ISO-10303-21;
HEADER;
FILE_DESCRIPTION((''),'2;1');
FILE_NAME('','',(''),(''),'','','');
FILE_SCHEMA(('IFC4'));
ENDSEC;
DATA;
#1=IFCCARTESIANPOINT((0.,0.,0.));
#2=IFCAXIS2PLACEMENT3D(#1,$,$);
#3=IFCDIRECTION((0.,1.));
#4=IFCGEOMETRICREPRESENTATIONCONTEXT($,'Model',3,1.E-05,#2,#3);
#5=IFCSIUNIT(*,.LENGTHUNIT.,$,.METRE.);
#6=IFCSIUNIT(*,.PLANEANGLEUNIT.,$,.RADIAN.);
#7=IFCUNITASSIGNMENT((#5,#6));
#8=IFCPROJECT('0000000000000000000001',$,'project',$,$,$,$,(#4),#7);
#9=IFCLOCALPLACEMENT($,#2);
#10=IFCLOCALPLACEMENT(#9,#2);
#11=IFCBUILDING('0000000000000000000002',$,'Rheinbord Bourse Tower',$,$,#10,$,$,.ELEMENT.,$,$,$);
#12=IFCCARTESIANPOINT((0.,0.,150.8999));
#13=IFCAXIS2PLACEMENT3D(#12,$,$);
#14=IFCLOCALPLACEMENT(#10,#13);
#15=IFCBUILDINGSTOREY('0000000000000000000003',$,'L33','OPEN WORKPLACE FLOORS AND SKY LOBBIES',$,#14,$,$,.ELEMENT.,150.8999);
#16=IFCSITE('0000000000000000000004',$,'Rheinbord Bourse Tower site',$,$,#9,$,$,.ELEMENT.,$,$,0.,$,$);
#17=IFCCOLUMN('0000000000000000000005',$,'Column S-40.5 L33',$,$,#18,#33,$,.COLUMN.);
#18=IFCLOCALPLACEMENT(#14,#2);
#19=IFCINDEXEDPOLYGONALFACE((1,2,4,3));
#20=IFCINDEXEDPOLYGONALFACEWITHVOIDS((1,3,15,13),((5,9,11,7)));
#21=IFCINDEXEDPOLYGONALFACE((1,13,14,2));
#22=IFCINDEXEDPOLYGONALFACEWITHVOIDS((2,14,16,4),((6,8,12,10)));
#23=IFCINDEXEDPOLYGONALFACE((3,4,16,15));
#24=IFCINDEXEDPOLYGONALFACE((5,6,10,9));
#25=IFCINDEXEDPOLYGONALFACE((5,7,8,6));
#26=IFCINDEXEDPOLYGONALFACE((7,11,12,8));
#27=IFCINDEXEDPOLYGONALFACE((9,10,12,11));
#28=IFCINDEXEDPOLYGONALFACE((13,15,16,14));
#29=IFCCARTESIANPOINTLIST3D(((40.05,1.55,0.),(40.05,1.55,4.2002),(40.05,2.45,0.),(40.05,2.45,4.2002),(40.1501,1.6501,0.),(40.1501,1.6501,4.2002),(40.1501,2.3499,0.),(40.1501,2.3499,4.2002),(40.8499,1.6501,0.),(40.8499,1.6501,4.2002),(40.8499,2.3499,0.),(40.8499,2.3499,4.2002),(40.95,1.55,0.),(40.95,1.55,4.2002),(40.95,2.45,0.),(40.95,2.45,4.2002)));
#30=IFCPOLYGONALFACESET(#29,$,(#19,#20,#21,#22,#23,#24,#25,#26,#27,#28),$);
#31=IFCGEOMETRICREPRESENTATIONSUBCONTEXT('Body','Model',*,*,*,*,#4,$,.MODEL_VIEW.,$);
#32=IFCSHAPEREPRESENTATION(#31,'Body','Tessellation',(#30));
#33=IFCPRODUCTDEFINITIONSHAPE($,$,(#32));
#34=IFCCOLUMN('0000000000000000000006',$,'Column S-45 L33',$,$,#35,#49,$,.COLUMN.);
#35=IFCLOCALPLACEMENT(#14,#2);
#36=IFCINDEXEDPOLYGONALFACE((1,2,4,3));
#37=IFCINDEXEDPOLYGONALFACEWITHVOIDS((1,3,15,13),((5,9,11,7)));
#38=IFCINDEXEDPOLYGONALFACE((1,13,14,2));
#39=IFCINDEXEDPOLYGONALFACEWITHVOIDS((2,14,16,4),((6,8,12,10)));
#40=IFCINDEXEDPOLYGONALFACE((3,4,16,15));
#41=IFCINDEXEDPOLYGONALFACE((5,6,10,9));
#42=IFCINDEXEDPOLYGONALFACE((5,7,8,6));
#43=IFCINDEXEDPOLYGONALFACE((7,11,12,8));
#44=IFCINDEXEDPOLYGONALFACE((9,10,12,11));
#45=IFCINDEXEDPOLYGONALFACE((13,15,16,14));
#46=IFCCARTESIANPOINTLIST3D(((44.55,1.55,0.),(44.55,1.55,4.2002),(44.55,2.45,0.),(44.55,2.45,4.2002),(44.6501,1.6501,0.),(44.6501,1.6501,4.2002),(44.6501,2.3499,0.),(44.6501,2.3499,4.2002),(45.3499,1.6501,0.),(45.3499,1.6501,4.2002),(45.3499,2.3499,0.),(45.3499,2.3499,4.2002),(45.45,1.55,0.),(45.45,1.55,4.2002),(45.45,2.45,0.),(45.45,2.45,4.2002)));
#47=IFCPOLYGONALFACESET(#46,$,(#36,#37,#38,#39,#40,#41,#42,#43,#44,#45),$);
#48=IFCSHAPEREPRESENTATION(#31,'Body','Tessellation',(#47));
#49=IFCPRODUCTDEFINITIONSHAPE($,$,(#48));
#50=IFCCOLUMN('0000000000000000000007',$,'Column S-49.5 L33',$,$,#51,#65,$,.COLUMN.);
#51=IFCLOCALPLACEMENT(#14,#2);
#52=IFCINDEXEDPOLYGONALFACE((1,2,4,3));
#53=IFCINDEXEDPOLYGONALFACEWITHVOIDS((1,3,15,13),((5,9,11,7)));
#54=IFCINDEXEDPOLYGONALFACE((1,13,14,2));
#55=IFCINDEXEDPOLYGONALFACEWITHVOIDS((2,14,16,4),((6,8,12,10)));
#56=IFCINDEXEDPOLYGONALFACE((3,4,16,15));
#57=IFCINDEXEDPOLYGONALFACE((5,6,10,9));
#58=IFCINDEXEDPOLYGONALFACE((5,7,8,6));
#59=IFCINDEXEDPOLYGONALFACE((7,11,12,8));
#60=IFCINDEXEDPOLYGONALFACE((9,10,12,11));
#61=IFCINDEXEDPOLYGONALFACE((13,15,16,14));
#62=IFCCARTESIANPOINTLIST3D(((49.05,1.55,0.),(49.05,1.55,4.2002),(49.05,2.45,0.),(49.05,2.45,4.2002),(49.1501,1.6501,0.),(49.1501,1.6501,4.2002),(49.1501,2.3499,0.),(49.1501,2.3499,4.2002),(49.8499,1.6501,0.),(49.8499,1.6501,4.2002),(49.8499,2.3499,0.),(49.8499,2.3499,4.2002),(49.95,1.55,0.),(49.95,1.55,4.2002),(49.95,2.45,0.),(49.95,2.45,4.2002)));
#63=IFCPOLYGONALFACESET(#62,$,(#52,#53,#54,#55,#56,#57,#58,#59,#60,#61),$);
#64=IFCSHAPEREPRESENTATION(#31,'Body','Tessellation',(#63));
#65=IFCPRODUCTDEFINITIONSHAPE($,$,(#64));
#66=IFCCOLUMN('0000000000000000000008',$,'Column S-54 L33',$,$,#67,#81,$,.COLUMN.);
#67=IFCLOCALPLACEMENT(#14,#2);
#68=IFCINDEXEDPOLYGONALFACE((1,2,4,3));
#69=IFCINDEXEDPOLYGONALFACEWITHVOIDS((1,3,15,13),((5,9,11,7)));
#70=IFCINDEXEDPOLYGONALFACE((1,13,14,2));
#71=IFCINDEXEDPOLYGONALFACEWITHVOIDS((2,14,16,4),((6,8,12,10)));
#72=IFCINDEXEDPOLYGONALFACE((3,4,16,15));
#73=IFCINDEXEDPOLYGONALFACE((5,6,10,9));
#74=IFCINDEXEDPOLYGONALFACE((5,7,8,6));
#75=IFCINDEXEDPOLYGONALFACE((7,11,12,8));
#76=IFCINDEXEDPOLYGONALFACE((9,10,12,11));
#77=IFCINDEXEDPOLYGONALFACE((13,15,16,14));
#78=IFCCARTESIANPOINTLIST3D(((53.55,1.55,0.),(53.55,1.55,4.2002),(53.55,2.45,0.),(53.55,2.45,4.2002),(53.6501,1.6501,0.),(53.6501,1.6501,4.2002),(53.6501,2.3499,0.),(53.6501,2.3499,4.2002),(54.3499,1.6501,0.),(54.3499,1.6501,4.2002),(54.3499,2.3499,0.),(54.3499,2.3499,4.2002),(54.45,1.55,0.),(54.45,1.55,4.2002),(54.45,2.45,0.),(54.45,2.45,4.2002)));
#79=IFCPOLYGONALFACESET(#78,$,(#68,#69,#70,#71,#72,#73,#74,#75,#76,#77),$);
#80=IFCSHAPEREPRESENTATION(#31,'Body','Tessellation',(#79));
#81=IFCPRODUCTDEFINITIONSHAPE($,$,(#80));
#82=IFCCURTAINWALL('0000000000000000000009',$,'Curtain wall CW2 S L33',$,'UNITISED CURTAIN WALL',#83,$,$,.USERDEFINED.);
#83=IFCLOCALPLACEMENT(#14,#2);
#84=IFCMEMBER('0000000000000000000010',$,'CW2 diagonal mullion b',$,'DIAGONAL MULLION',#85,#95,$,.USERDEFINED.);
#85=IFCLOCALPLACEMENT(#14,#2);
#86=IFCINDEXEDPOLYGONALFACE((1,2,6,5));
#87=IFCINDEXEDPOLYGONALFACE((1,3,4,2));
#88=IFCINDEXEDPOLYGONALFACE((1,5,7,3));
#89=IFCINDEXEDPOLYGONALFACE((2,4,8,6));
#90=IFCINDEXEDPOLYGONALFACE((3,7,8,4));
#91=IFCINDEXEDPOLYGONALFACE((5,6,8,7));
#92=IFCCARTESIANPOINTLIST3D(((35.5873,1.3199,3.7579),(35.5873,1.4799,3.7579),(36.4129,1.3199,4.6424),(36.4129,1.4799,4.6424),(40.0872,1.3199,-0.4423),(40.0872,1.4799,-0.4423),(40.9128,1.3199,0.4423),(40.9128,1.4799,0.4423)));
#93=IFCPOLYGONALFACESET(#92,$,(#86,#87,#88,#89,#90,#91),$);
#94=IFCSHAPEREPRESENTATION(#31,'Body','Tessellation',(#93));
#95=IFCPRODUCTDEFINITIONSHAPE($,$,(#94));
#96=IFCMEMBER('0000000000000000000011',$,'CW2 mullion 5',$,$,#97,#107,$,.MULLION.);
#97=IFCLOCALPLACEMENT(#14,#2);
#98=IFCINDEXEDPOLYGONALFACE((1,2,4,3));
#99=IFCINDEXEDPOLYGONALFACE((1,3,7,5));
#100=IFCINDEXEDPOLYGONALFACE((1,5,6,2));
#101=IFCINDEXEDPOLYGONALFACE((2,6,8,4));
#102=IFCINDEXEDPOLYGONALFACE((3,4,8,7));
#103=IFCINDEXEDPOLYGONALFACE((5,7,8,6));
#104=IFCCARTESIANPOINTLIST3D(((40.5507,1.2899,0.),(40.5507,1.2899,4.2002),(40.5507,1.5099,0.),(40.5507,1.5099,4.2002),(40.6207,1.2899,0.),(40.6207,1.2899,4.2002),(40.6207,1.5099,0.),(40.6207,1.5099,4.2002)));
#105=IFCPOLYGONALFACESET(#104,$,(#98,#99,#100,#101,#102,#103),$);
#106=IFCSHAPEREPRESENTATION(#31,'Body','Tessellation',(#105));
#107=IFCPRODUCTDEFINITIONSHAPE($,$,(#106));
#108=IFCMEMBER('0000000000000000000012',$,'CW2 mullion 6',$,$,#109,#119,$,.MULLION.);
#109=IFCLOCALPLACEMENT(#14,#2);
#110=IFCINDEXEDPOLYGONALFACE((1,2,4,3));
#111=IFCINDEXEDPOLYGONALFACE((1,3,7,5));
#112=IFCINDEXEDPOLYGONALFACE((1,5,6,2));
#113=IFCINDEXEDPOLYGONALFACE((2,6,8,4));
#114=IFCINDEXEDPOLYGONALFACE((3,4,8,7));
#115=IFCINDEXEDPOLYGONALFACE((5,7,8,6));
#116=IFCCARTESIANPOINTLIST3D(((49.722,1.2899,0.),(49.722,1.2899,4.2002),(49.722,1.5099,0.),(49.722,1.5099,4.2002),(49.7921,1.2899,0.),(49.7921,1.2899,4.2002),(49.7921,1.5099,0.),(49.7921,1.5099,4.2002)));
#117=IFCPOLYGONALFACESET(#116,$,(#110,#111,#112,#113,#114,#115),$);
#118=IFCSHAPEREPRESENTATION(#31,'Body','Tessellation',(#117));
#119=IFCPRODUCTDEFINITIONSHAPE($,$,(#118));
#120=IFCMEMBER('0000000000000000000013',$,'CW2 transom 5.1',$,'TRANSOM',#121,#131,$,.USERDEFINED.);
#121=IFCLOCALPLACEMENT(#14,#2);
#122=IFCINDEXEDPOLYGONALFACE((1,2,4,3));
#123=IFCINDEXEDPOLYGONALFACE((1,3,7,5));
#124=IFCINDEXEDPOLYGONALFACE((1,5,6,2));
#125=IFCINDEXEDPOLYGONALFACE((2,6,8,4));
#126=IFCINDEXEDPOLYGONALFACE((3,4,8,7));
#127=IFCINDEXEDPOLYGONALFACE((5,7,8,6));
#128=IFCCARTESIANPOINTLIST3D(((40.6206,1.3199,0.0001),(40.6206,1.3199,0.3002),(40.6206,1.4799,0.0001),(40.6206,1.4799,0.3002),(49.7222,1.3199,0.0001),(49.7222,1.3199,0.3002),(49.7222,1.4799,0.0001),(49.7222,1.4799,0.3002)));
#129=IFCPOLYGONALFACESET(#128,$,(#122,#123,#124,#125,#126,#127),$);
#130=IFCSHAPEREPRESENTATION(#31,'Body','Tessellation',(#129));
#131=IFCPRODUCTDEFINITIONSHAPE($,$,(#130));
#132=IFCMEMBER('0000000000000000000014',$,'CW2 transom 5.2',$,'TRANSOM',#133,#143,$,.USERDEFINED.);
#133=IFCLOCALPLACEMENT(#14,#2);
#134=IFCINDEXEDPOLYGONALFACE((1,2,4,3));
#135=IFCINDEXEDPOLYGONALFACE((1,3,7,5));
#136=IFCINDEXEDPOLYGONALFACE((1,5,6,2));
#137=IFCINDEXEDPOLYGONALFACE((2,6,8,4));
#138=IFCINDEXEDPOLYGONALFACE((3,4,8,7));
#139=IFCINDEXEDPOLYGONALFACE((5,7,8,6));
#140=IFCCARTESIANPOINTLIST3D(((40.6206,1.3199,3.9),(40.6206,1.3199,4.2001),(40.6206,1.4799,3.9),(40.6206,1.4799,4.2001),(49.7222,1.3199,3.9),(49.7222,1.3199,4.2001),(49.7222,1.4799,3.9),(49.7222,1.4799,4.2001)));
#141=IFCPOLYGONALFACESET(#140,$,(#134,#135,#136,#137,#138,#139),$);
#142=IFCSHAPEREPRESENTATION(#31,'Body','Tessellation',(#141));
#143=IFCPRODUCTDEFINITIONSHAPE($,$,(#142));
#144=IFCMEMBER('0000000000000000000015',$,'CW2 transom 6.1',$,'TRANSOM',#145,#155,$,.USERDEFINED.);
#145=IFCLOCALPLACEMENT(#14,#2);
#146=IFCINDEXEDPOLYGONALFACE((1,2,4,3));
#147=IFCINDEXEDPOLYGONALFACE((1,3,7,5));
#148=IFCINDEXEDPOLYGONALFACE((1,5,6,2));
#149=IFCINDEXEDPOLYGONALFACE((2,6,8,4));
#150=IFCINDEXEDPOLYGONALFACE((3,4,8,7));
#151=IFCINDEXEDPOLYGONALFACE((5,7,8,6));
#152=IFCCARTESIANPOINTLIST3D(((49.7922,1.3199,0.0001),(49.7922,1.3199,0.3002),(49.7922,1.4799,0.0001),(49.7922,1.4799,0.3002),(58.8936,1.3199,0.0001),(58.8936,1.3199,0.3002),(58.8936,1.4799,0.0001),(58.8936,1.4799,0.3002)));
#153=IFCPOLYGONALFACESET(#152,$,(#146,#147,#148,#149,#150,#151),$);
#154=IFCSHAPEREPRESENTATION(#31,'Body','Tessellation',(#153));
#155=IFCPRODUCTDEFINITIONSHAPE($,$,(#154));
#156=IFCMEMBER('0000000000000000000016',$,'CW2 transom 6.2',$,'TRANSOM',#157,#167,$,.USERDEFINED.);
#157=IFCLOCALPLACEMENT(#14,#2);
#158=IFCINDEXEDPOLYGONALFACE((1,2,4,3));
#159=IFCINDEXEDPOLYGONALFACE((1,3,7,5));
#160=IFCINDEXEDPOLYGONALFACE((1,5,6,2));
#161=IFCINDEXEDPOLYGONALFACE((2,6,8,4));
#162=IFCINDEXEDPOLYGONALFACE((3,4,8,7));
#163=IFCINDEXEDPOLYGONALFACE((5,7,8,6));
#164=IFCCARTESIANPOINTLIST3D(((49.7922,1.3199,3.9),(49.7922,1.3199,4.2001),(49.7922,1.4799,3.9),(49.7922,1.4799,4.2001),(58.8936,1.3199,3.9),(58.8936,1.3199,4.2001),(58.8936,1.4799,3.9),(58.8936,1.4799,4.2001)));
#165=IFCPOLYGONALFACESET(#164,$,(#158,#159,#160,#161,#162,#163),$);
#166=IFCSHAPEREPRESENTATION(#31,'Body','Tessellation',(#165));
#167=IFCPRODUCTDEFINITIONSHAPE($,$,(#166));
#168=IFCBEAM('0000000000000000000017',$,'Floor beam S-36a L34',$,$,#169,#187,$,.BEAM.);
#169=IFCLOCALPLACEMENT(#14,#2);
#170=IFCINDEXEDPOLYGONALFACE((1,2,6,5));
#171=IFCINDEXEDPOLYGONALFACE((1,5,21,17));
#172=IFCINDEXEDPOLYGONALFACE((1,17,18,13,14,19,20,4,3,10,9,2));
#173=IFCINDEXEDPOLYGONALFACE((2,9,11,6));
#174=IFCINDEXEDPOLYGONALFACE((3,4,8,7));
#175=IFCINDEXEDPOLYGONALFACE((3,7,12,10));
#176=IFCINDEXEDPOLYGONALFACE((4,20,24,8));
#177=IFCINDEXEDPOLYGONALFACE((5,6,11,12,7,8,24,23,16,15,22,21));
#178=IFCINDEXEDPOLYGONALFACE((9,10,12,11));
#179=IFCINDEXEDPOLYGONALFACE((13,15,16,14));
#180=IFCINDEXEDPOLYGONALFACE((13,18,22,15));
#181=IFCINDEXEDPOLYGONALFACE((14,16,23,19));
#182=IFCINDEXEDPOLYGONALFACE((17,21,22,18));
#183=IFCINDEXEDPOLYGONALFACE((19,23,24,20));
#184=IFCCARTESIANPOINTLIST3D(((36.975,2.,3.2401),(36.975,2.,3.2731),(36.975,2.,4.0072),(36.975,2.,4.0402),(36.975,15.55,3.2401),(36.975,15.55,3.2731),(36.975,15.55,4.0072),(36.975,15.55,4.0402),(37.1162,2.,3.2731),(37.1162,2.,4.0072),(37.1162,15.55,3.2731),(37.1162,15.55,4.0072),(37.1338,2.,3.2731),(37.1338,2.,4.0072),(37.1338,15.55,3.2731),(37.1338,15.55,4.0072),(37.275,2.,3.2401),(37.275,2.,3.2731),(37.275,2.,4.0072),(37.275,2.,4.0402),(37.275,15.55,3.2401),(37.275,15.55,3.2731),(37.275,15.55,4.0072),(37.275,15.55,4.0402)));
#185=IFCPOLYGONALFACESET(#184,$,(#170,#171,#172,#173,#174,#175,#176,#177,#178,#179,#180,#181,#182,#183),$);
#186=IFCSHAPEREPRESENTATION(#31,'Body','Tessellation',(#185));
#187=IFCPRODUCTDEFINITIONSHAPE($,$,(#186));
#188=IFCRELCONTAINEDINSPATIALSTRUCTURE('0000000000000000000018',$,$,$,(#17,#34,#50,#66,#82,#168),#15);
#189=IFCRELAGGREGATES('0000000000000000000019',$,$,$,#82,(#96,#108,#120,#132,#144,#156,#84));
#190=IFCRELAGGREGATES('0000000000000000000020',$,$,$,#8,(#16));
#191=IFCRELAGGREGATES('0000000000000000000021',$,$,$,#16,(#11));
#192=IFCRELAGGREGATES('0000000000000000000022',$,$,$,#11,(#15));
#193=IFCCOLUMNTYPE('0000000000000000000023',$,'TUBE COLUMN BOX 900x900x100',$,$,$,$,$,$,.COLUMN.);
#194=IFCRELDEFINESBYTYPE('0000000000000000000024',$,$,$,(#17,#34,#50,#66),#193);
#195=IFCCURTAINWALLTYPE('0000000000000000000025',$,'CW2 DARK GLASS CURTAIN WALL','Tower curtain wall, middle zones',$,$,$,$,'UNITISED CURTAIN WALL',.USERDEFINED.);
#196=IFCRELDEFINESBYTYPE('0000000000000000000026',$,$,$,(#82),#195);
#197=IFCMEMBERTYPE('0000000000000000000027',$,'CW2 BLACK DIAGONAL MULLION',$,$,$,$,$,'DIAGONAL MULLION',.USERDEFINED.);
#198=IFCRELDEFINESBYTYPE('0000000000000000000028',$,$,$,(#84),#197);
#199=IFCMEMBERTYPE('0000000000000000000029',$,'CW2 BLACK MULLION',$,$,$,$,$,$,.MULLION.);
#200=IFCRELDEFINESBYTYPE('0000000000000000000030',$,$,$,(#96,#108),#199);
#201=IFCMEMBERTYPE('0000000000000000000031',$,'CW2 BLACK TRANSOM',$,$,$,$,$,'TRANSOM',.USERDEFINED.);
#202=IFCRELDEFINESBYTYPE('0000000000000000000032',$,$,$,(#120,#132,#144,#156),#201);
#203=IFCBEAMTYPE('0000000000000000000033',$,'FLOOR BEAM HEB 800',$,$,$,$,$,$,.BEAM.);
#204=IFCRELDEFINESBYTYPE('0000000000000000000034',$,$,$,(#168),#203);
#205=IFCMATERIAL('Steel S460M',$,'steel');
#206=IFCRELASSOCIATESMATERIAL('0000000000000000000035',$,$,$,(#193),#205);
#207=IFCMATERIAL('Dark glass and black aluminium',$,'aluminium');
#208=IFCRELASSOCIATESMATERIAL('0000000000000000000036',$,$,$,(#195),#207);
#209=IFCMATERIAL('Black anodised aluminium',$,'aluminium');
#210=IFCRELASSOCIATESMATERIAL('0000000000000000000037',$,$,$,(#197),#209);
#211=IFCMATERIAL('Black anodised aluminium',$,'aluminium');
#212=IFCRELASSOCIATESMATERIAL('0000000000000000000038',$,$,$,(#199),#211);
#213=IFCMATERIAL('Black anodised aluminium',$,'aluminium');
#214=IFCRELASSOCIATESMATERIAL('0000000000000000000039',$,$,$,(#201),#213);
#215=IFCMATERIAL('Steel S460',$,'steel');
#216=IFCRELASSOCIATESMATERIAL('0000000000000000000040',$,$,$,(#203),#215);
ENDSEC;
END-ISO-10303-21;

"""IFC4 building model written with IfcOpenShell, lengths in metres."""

from ifc_helpers import new_model, si_unit, direction, frame, origin, origin_2d, place, context, subcontext, project, spatial, rectangle, hollow_rectangle, i_section, extrude, material, material_profile, profile_set, type_object, element, aggregate, save


model = new_model("IFC4")

# Units and contexts
model_context = context("Model", 3, precision=1e-05, world=origin(), true_north=direction((0.0, 1.0)))
body_context = subcontext(model_context, "Body", "Model", "MODEL_VIEW")
ifc_project = project(units=[si_unit("LENGTHUNIT", "METRE"), si_unit("PLANEANGLEUNIT", "RADIAN")], contexts=[model_context])

# Site, building, storey
site_placement = place(None, origin())
site = spatial("IfcSite", under=ifc_project, at=site_placement, Name="Rheinbord Bourse Tower site", CompositionType="ELEMENT", RefElevation=0.0)
building_placement = place(site_placement, origin())
building = spatial("IfcBuilding", under=site, at=building_placement, Name="Rheinbord Bourse Tower", CompositionType="ELEMENT")
storey_placement = place(building_placement, frame((0.0, 0.0, 150.8999)))
storey = spatial("IfcBuildingStorey", under=building, at=storey_placement, Name="L33", Description="OPEN WORKPLACE FLOORS AND SKY LOBBIES", CompositionType="ELEMENT", Elevation=150.8999)

# Columns
ifc_material_1 = material(Name="Steel S460M", Category="steel")
ifc_material_profile_1 = material_profile(ifc_material_1, hollow_rectangle(XDim=0.8999, YDim=0.8999, WallThickness=0.1001, at=origin_2d()), Name="BOX 900x900x100")
ifc_profile_set_1 = profile_set([ifc_material_profile_1], Name="Steel S460M")
column_type = type_object("IfcColumnType", Name="TUBE COLUMN BOX 900x900x100", PredefinedType="COLUMN", material=ifc_profile_set_1)
for number, where, z_axis, x_axis, name in (
    (1, (40.5, 2.0, 0.0), (0.0, 0.0, 1.0), (0.0, 1.0, 0.0), "Column S-40.5 L33"),
    (2, (45.0, 2.0, 0.0), (0.0, 0.0, 1.0), (0.0, 1.0, 0.0), "Column S-45 L33"),
    (3, (49.5, 2.0, 0.0), (0.0, 0.0, 1.0), (0.0, 1.0, 0.0), "Column S-49.5 L33"),
    (4, (54.0, 2.0, 0.0), (0.0, 0.0, 1.0), (0.0, 1.0, 0.0), "Column S-54 L33"),
):
    element("IfcColumn", number, at=place(storey_placement, frame(where, z_axis=z_axis, x_axis=x_axis)), inside=storey, type_object=column_type, Name=name, PredefinedType="COLUMN", context=body_context, shape_type="SweptSolid", body=[
        extrude(hollow_rectangle(XDim=0.8999, YDim=0.8999, WallThickness=0.1001, at=origin_2d()), origin(), (0.0, 0.0, 1.0), 4.2002),
    ])

# Curtain wall, members
ifc_material_2 = material(Name="Dark glass and black aluminium", Category="aluminium")
curtain_wall_type = type_object("IfcCurtainWallType", Name="CW2 DARK GLASS CURTAIN WALL", Description="Tower curtain wall, middle zones", ElementType="UNITISED CURTAIN WALL", PredefinedType="USERDEFINED", material=ifc_material_2)
curtain_wall_placement = place(storey_placement, origin())
curtain_wall = element("IfcCurtainWall", 5, at=curtain_wall_placement, inside=storey, type_object=curtain_wall_type, Name="Curtain wall CW2 S L33", ObjectType="UNITISED CURTAIN WALL", PredefinedType="USERDEFINED")
ifc_material_3 = material(Name="Black anodised aluminium", Category="aluminium")
ifc_material_profile_2 = material_profile(ifc_material_3, rectangle(XDim=0.1599, YDim=1.21, at=origin_2d()), Name="CW2 DIAGONAL MULLION 1210x160")
ifc_profile_set_2 = profile_set([ifc_material_profile_2], Name="Black anodised aluminium")
member_type_1 = type_object("IfcMemberType", Name="CW2 BLACK DIAGONAL MULLION", ElementType="DIAGONAL MULLION", PredefinedType="USERDEFINED", material=ifc_profile_set_2)
member_1_placement = place(storey_placement, frame((40.5, 1.3999, 0.0), z_axis=(-0.731039, 0.0, 0.682335), x_axis=(0.0, -1.0, 0.0)))
member_1 = element("IfcMember", 6, at=member_1_placement, type_object=member_type_1, Name="CW2 diagonal mullion b", ObjectType="DIAGONAL MULLION", PredefinedType="USERDEFINED", context=body_context, shape_type="SweptSolid", body=[
    extrude(rectangle(XDim=0.1599, YDim=1.21, at=origin_2d()), origin(), (0.0, 0.0, 1.0), 6.1555),
])
ifc_material_4 = material(Name="Black anodised aluminium", Category="aluminium")
ifc_material_profile_3 = material_profile(ifc_material_4, rectangle(XDim=0.22, YDim=0.0701, at=origin_2d()), Name="CW2 MULLION 70x220")
ifc_profile_set_3 = profile_set([ifc_material_profile_3], Name="Black anodised aluminium")
member_type_2 = type_object("IfcMemberType", Name="CW2 BLACK MULLION", PredefinedType="MULLION", material=ifc_profile_set_3)
member_2_placement = place(storey_placement, frame((40.5857, 1.3999, 0.0), z_axis=(0.0, 0.0, 1.0), x_axis=(0.0, 1.0, 0.0)))
member_2 = element("IfcMember", 7, at=member_2_placement, type_object=member_type_2, Name="CW2 mullion 5", PredefinedType="MULLION", context=body_context, shape_type="SweptSolid", body=[
    extrude(rectangle(XDim=0.22, YDim=0.0701, at=origin_2d()), origin(), (0.0, 0.0, 1.0), 4.2002),
])
member_3_placement = place(storey_placement, frame((49.7571, 1.3999, 0.0), z_axis=(0.0, 0.0, 1.0), x_axis=(0.0, 1.0, 0.0)))
member_3 = element("IfcMember", 8, at=member_3_placement, type_object=member_type_2, Name="CW2 mullion 6", PredefinedType="MULLION", context=body_context, shape_type="SweptSolid", body=[
    extrude(rectangle(XDim=0.22, YDim=0.0701, at=origin_2d()), origin(), (0.0, 0.0, 1.0), 4.2002),
])
ifc_material_5 = material(Name="Black anodised aluminium", Category="aluminium")
ifc_material_profile_4 = material_profile(ifc_material_5, rectangle(XDim=0.1599, YDim=0.3, at=origin_2d()), Name="CW2 TRANSOM 300x160")
ifc_profile_set_4 = profile_set([ifc_material_profile_4], Name="Black anodised aluminium")
member_type_3 = type_object("IfcMemberType", Name="CW2 BLACK TRANSOM", ElementType="TRANSOM", PredefinedType="USERDEFINED", material=ifc_profile_set_4)
member_4_placement = place(storey_placement, frame((40.6206, 1.3999, 0.1501), z_axis=(1.0, 0.0, 0.0), x_axis=(0.0, 1.0, 0.0)))
member_4 = element("IfcMember", 9, at=member_4_placement, type_object=member_type_3, Name="CW2 transom 5.1", ObjectType="TRANSOM", PredefinedType="USERDEFINED", context=body_context, shape_type="SweptSolid", body=[
    extrude(rectangle(XDim=0.1599, YDim=0.3, at=origin_2d()), origin(), (0.0, 0.0, 1.0), 9.1016),
])
member_5_placement = place(storey_placement, frame((40.6206, 1.3999, 4.05), z_axis=(1.0, 0.0, 0.0), x_axis=(0.0, 1.0, 0.0)))
member_5 = element("IfcMember", 10, at=member_5_placement, type_object=member_type_3, Name="CW2 transom 5.2", ObjectType="TRANSOM", PredefinedType="USERDEFINED", context=body_context, shape_type="SweptSolid", body=[
    extrude(rectangle(XDim=0.1599, YDim=0.3, at=origin_2d()), origin(), (0.0, 0.0, 1.0), 9.1016),
])
member_6_placement = place(storey_placement, frame((49.7922, 1.3999, 0.1501), z_axis=(1.0, 0.0, 0.0), x_axis=(0.0, 1.0, 0.0)))
member_6 = element("IfcMember", 11, at=member_6_placement, type_object=member_type_3, Name="CW2 transom 6.1", ObjectType="TRANSOM", PredefinedType="USERDEFINED", context=body_context, shape_type="SweptSolid", body=[
    extrude(rectangle(XDim=0.1599, YDim=0.3, at=origin_2d()), origin(), (0.0, 0.0, 1.0), 9.1013),
])
member_7_placement = place(storey_placement, frame((49.7922, 1.3999, 4.05), z_axis=(1.0, 0.0, 0.0), x_axis=(0.0, 1.0, 0.0)))
member_7 = element("IfcMember", 12, at=member_7_placement, type_object=member_type_3, Name="CW2 transom 6.2", ObjectType="TRANSOM", PredefinedType="USERDEFINED", context=body_context, shape_type="SweptSolid", body=[
    extrude(rectangle(XDim=0.1599, YDim=0.3, at=origin_2d()), origin(), (0.0, 0.0, 1.0), 9.1013),
])

# Beam
ifc_material_6 = material(Name="Steel S460", Category="steel")
ifc_material_profile_5 = material_profile(ifc_material_6, i_section(OverallWidth=0.3, OverallDepth=0.8, WebThickness=0.0176, FlangeThickness=0.033, at=origin_2d()), Name="HEB 800")
ifc_profile_set_5 = profile_set([ifc_material_profile_5], Name="Steel S460")
beam_type_1 = type_object("IfcBeamType", Name="FLOOR BEAM HEB 800", PredefinedType="BEAM", material=ifc_profile_set_5)
for number, where, z_axis, x_axis, name in (
    (13, (37.125, 2.0, 3.6401), (0.0, 1.0, 0.0), (-1.0, 0.0, 0.0), "Floor beam S-36a L34"),
):
    element("IfcBeam", number, at=place(storey_placement, frame(where, z_axis=z_axis, x_axis=x_axis)), inside=storey, type_object=beam_type_1, Name=name, PredefinedType="BEAM", context=body_context, shape_type="SweptSolid", body=[
        extrude(i_section(OverallWidth=0.3, OverallDepth=0.8, WebThickness=0.0176, FlangeThickness=0.033, at=origin_2d()), origin(), (0.0, 0.0, 1.0), 13.55),
    ])

aggregate(curtain_wall, [member_2, member_3, member_4, member_5, member_6, member_7, member_1])

save(model, "model.ifc")
